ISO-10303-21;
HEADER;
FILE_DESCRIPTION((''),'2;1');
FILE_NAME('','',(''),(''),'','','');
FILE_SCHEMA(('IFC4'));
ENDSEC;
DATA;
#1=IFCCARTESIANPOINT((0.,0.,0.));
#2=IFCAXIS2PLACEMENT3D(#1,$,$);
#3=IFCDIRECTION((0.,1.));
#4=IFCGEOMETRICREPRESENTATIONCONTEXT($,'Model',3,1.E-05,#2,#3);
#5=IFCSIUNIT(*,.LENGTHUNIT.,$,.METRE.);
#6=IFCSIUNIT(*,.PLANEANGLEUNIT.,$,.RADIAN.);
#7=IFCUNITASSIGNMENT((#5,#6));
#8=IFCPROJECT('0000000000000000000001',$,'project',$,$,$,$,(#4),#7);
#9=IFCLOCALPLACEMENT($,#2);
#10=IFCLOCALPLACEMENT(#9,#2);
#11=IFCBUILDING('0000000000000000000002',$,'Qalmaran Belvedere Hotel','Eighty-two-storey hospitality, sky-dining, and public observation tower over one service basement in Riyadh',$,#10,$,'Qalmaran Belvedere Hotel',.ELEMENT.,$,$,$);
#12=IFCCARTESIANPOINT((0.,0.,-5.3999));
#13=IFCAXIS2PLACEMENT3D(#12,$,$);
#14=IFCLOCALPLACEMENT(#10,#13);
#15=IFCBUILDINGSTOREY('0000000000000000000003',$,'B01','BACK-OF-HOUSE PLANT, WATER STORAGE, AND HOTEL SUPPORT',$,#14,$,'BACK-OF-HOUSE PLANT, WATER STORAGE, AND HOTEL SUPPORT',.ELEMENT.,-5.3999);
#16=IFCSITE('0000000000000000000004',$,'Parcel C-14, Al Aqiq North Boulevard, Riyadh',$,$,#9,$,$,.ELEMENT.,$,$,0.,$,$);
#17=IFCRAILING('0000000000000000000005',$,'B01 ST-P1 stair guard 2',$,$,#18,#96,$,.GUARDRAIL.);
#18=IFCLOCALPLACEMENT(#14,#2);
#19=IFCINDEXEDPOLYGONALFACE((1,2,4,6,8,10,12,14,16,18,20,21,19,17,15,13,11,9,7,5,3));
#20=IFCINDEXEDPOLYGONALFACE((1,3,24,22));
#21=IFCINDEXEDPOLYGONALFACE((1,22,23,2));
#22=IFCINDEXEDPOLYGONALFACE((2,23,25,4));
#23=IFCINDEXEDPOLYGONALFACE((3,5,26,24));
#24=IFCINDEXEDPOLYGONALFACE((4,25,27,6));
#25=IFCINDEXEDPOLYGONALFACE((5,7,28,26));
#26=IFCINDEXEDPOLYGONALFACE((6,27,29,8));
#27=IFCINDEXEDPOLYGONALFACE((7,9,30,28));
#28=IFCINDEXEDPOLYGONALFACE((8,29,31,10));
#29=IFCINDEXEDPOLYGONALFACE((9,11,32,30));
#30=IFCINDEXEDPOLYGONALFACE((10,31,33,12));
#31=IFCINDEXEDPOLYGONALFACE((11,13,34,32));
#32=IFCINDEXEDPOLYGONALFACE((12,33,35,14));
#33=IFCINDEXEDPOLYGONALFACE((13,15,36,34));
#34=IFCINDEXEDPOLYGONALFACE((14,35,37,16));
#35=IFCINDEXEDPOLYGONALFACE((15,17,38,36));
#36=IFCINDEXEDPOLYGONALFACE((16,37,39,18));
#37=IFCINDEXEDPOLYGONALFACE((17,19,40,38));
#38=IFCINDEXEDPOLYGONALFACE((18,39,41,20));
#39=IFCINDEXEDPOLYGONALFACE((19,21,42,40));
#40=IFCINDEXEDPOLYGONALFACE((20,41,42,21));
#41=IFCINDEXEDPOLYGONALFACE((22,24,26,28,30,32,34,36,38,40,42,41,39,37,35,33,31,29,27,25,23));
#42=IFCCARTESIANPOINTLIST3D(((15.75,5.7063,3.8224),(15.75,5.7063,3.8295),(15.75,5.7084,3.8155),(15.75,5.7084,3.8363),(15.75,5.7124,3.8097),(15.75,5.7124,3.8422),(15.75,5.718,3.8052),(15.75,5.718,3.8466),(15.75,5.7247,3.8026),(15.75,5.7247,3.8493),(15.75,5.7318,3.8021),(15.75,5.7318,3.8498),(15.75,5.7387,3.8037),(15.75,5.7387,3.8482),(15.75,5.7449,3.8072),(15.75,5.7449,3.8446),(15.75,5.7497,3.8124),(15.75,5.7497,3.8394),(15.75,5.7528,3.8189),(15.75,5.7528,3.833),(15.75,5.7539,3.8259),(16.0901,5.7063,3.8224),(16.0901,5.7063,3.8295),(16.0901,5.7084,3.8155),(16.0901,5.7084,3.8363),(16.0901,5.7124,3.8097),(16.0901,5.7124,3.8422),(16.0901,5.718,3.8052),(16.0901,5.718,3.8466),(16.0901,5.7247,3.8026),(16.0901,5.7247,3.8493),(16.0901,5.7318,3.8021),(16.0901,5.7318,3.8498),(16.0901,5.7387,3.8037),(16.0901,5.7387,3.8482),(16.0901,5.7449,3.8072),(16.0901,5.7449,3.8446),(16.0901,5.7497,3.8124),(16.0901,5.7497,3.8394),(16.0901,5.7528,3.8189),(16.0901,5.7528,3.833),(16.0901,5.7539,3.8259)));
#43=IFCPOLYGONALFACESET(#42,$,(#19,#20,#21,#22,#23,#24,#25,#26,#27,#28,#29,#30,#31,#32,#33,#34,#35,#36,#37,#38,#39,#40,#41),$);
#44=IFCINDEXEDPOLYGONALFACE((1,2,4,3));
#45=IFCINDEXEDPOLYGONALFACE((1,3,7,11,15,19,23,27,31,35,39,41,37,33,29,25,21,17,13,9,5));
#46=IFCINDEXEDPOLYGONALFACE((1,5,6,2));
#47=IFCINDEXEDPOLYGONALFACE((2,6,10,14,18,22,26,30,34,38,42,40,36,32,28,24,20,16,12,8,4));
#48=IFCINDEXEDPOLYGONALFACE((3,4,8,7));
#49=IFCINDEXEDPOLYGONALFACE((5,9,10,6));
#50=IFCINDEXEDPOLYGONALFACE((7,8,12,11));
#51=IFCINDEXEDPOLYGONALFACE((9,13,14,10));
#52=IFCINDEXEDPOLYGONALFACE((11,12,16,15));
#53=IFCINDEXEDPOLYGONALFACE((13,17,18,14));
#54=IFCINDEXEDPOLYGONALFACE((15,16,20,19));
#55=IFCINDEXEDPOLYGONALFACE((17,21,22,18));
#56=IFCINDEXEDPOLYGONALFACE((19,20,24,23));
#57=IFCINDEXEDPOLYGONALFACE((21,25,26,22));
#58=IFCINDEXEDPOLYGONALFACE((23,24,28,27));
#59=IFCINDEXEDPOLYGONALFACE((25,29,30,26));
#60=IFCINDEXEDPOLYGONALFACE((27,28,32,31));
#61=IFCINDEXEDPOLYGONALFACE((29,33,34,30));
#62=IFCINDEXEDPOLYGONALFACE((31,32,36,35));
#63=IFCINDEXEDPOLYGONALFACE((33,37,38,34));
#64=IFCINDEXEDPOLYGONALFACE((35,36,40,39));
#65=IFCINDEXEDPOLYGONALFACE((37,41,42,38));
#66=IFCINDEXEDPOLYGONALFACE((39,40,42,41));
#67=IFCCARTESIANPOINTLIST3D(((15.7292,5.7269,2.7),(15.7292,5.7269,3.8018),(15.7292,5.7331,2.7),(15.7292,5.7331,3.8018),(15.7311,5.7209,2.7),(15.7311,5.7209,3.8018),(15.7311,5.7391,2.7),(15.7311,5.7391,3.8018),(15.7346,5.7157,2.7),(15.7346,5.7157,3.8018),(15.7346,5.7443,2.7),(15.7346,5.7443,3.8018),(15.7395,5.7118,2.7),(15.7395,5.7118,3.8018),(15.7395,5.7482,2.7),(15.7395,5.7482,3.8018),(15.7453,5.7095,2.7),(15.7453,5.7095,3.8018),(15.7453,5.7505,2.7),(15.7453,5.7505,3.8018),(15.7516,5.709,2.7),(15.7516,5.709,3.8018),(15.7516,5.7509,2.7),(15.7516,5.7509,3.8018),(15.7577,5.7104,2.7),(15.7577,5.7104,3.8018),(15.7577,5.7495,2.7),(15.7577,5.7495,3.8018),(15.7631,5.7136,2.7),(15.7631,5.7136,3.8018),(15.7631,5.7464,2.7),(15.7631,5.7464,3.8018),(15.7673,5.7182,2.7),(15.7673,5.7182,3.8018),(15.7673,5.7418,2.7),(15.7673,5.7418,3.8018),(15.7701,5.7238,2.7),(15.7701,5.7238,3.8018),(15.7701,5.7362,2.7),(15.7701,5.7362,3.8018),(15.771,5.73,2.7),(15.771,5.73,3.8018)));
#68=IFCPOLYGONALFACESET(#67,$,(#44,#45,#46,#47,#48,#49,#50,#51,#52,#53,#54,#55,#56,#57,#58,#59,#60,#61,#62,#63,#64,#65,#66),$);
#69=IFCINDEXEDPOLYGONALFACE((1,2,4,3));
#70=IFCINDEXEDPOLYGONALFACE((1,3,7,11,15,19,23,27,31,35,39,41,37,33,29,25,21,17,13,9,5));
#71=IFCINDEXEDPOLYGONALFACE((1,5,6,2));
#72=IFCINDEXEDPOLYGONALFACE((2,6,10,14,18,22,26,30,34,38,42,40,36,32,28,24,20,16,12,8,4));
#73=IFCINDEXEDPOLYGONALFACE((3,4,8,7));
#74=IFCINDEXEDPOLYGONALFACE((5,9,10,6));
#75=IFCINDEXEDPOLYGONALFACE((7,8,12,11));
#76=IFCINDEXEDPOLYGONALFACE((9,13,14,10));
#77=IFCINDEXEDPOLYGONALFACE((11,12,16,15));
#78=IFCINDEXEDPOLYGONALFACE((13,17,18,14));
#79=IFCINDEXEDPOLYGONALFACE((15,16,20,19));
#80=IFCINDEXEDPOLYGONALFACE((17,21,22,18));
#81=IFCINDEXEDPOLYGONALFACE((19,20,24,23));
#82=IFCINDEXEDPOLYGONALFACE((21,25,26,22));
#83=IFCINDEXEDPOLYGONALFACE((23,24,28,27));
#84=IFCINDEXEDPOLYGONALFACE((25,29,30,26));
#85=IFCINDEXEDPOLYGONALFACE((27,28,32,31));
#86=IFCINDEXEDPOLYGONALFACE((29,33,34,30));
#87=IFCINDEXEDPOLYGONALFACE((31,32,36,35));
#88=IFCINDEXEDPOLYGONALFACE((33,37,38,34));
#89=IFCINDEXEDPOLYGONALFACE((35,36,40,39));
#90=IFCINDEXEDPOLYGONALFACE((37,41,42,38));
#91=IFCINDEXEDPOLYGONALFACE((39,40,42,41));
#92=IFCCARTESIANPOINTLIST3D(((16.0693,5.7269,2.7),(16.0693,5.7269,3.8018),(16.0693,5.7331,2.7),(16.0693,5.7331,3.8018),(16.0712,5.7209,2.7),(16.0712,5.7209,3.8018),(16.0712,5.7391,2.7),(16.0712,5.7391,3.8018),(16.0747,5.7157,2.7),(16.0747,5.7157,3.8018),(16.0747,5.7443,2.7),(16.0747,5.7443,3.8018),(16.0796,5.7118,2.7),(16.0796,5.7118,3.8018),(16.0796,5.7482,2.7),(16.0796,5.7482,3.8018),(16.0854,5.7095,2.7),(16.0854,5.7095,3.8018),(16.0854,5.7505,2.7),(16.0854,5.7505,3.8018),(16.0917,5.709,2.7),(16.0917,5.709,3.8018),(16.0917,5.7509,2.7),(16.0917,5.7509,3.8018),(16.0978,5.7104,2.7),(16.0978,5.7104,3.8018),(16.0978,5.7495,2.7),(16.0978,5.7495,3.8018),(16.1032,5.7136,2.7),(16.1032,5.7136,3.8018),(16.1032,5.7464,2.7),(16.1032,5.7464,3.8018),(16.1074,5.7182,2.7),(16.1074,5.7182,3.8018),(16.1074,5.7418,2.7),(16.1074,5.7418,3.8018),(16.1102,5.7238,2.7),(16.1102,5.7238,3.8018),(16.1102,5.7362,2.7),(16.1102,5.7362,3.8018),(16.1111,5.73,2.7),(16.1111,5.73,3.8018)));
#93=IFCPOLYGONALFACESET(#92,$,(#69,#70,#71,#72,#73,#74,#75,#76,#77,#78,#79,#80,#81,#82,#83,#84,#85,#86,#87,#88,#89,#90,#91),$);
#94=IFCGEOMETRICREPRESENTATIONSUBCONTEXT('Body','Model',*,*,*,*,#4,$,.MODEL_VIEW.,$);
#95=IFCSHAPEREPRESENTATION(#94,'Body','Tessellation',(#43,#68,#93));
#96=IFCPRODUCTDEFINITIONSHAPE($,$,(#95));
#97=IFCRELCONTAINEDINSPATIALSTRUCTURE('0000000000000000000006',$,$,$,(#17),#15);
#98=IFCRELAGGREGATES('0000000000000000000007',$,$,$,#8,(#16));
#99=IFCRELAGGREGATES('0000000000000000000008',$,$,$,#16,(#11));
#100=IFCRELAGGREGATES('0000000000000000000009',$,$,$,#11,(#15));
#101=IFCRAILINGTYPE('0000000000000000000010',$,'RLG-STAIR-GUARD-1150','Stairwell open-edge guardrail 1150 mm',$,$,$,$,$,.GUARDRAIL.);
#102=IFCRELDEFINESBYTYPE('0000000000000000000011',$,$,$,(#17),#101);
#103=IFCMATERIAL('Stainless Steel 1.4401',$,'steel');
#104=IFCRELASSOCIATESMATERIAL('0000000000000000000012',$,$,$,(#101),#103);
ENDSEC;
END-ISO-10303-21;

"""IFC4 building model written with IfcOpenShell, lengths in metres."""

from ifc_helpers import new_model, si_unit, direction, frame, origin, origin_2d, place, context, subcontext, project, spatial, circle, extrude, material, type_object, element, save


model = new_model("IFC4")

# Units and contexts
model_context = context("Model", 3, precision=1e-05, world=origin(), true_north=direction((0.0, 1.0)))
body_context = subcontext(model_context, "Body", "Model", "MODEL_VIEW")
ifc_project = project(units=[si_unit("LENGTHUNIT", "METRE"), si_unit("PLANEANGLEUNIT", "RADIAN")], contexts=[model_context])

# Site, building, storey
site_placement = place(None, origin())
site = spatial("IfcSite", under=ifc_project, at=site_placement, Name="Parcel C-14, Al Aqiq North Boulevard, Riyadh", CompositionType="ELEMENT", RefElevation=0.0)
building_placement = place(site_placement, origin())
building = spatial("IfcBuilding", under=site, at=building_placement, Name="Qalmaran Belvedere Hotel", Description="Eighty-two-storey hospitality, sky-dining, and public observation tower over one service basement in Riyadh", LongName="Qalmaran Belvedere Hotel", CompositionType="ELEMENT")
storey_placement = place(building_placement, frame((0.0, 0.0, -5.3999)))
storey = spatial("IfcBuildingStorey", under=building, at=storey_placement, Name="B01", Description="BACK-OF-HOUSE PLANT, WATER STORAGE, AND HOTEL SUPPORT", LongName="BACK-OF-HOUSE PLANT, WATER STORAGE, AND HOTEL SUPPORT", CompositionType="ELEMENT", Elevation=-5.3999)

# Railing
ifc_material_1 = material(Name="Stainless Steel 1.4401", Category="steel")
railing_type_1 = type_object("IfcRailingType", Name="RLG-STAIR-GUARD-1150", Description="Stairwell open-edge guardrail 1150 mm", PredefinedType="GUARDRAIL", material=ifc_material_1)
railing_1_placement = place(storey_placement, frame((15.75, 5.73, 2.7)))
element("IfcRailing", 1, at=railing_1_placement, inside=storey, type_object=railing_type_1, Name="B01 ST-P1 stair guard 2", PredefinedType="GUARDRAIL", context=body_context, shape_type="SweptSolid", body=[
    extrude(circle(Radius=0.0239, at=origin_2d()), frame((0.0, 0.0, 1.126), z_axis=(1.0, 0.0, 0.0), x_axis=(0.0, 1.0, 0.0)), (0.0, 0.0, 1.0), 0.3401),
    extrude(circle(Radius=0.021, at=origin_2d()), origin(), (0.0, 0.0, 1.0), 1.1018),
    extrude(circle(Radius=0.021, at=origin_2d()), frame((0.3401, 0.0, 0.0)), (0.0, 0.0, 1.0), 1.1018),
])

save(model, "model.ifc")
